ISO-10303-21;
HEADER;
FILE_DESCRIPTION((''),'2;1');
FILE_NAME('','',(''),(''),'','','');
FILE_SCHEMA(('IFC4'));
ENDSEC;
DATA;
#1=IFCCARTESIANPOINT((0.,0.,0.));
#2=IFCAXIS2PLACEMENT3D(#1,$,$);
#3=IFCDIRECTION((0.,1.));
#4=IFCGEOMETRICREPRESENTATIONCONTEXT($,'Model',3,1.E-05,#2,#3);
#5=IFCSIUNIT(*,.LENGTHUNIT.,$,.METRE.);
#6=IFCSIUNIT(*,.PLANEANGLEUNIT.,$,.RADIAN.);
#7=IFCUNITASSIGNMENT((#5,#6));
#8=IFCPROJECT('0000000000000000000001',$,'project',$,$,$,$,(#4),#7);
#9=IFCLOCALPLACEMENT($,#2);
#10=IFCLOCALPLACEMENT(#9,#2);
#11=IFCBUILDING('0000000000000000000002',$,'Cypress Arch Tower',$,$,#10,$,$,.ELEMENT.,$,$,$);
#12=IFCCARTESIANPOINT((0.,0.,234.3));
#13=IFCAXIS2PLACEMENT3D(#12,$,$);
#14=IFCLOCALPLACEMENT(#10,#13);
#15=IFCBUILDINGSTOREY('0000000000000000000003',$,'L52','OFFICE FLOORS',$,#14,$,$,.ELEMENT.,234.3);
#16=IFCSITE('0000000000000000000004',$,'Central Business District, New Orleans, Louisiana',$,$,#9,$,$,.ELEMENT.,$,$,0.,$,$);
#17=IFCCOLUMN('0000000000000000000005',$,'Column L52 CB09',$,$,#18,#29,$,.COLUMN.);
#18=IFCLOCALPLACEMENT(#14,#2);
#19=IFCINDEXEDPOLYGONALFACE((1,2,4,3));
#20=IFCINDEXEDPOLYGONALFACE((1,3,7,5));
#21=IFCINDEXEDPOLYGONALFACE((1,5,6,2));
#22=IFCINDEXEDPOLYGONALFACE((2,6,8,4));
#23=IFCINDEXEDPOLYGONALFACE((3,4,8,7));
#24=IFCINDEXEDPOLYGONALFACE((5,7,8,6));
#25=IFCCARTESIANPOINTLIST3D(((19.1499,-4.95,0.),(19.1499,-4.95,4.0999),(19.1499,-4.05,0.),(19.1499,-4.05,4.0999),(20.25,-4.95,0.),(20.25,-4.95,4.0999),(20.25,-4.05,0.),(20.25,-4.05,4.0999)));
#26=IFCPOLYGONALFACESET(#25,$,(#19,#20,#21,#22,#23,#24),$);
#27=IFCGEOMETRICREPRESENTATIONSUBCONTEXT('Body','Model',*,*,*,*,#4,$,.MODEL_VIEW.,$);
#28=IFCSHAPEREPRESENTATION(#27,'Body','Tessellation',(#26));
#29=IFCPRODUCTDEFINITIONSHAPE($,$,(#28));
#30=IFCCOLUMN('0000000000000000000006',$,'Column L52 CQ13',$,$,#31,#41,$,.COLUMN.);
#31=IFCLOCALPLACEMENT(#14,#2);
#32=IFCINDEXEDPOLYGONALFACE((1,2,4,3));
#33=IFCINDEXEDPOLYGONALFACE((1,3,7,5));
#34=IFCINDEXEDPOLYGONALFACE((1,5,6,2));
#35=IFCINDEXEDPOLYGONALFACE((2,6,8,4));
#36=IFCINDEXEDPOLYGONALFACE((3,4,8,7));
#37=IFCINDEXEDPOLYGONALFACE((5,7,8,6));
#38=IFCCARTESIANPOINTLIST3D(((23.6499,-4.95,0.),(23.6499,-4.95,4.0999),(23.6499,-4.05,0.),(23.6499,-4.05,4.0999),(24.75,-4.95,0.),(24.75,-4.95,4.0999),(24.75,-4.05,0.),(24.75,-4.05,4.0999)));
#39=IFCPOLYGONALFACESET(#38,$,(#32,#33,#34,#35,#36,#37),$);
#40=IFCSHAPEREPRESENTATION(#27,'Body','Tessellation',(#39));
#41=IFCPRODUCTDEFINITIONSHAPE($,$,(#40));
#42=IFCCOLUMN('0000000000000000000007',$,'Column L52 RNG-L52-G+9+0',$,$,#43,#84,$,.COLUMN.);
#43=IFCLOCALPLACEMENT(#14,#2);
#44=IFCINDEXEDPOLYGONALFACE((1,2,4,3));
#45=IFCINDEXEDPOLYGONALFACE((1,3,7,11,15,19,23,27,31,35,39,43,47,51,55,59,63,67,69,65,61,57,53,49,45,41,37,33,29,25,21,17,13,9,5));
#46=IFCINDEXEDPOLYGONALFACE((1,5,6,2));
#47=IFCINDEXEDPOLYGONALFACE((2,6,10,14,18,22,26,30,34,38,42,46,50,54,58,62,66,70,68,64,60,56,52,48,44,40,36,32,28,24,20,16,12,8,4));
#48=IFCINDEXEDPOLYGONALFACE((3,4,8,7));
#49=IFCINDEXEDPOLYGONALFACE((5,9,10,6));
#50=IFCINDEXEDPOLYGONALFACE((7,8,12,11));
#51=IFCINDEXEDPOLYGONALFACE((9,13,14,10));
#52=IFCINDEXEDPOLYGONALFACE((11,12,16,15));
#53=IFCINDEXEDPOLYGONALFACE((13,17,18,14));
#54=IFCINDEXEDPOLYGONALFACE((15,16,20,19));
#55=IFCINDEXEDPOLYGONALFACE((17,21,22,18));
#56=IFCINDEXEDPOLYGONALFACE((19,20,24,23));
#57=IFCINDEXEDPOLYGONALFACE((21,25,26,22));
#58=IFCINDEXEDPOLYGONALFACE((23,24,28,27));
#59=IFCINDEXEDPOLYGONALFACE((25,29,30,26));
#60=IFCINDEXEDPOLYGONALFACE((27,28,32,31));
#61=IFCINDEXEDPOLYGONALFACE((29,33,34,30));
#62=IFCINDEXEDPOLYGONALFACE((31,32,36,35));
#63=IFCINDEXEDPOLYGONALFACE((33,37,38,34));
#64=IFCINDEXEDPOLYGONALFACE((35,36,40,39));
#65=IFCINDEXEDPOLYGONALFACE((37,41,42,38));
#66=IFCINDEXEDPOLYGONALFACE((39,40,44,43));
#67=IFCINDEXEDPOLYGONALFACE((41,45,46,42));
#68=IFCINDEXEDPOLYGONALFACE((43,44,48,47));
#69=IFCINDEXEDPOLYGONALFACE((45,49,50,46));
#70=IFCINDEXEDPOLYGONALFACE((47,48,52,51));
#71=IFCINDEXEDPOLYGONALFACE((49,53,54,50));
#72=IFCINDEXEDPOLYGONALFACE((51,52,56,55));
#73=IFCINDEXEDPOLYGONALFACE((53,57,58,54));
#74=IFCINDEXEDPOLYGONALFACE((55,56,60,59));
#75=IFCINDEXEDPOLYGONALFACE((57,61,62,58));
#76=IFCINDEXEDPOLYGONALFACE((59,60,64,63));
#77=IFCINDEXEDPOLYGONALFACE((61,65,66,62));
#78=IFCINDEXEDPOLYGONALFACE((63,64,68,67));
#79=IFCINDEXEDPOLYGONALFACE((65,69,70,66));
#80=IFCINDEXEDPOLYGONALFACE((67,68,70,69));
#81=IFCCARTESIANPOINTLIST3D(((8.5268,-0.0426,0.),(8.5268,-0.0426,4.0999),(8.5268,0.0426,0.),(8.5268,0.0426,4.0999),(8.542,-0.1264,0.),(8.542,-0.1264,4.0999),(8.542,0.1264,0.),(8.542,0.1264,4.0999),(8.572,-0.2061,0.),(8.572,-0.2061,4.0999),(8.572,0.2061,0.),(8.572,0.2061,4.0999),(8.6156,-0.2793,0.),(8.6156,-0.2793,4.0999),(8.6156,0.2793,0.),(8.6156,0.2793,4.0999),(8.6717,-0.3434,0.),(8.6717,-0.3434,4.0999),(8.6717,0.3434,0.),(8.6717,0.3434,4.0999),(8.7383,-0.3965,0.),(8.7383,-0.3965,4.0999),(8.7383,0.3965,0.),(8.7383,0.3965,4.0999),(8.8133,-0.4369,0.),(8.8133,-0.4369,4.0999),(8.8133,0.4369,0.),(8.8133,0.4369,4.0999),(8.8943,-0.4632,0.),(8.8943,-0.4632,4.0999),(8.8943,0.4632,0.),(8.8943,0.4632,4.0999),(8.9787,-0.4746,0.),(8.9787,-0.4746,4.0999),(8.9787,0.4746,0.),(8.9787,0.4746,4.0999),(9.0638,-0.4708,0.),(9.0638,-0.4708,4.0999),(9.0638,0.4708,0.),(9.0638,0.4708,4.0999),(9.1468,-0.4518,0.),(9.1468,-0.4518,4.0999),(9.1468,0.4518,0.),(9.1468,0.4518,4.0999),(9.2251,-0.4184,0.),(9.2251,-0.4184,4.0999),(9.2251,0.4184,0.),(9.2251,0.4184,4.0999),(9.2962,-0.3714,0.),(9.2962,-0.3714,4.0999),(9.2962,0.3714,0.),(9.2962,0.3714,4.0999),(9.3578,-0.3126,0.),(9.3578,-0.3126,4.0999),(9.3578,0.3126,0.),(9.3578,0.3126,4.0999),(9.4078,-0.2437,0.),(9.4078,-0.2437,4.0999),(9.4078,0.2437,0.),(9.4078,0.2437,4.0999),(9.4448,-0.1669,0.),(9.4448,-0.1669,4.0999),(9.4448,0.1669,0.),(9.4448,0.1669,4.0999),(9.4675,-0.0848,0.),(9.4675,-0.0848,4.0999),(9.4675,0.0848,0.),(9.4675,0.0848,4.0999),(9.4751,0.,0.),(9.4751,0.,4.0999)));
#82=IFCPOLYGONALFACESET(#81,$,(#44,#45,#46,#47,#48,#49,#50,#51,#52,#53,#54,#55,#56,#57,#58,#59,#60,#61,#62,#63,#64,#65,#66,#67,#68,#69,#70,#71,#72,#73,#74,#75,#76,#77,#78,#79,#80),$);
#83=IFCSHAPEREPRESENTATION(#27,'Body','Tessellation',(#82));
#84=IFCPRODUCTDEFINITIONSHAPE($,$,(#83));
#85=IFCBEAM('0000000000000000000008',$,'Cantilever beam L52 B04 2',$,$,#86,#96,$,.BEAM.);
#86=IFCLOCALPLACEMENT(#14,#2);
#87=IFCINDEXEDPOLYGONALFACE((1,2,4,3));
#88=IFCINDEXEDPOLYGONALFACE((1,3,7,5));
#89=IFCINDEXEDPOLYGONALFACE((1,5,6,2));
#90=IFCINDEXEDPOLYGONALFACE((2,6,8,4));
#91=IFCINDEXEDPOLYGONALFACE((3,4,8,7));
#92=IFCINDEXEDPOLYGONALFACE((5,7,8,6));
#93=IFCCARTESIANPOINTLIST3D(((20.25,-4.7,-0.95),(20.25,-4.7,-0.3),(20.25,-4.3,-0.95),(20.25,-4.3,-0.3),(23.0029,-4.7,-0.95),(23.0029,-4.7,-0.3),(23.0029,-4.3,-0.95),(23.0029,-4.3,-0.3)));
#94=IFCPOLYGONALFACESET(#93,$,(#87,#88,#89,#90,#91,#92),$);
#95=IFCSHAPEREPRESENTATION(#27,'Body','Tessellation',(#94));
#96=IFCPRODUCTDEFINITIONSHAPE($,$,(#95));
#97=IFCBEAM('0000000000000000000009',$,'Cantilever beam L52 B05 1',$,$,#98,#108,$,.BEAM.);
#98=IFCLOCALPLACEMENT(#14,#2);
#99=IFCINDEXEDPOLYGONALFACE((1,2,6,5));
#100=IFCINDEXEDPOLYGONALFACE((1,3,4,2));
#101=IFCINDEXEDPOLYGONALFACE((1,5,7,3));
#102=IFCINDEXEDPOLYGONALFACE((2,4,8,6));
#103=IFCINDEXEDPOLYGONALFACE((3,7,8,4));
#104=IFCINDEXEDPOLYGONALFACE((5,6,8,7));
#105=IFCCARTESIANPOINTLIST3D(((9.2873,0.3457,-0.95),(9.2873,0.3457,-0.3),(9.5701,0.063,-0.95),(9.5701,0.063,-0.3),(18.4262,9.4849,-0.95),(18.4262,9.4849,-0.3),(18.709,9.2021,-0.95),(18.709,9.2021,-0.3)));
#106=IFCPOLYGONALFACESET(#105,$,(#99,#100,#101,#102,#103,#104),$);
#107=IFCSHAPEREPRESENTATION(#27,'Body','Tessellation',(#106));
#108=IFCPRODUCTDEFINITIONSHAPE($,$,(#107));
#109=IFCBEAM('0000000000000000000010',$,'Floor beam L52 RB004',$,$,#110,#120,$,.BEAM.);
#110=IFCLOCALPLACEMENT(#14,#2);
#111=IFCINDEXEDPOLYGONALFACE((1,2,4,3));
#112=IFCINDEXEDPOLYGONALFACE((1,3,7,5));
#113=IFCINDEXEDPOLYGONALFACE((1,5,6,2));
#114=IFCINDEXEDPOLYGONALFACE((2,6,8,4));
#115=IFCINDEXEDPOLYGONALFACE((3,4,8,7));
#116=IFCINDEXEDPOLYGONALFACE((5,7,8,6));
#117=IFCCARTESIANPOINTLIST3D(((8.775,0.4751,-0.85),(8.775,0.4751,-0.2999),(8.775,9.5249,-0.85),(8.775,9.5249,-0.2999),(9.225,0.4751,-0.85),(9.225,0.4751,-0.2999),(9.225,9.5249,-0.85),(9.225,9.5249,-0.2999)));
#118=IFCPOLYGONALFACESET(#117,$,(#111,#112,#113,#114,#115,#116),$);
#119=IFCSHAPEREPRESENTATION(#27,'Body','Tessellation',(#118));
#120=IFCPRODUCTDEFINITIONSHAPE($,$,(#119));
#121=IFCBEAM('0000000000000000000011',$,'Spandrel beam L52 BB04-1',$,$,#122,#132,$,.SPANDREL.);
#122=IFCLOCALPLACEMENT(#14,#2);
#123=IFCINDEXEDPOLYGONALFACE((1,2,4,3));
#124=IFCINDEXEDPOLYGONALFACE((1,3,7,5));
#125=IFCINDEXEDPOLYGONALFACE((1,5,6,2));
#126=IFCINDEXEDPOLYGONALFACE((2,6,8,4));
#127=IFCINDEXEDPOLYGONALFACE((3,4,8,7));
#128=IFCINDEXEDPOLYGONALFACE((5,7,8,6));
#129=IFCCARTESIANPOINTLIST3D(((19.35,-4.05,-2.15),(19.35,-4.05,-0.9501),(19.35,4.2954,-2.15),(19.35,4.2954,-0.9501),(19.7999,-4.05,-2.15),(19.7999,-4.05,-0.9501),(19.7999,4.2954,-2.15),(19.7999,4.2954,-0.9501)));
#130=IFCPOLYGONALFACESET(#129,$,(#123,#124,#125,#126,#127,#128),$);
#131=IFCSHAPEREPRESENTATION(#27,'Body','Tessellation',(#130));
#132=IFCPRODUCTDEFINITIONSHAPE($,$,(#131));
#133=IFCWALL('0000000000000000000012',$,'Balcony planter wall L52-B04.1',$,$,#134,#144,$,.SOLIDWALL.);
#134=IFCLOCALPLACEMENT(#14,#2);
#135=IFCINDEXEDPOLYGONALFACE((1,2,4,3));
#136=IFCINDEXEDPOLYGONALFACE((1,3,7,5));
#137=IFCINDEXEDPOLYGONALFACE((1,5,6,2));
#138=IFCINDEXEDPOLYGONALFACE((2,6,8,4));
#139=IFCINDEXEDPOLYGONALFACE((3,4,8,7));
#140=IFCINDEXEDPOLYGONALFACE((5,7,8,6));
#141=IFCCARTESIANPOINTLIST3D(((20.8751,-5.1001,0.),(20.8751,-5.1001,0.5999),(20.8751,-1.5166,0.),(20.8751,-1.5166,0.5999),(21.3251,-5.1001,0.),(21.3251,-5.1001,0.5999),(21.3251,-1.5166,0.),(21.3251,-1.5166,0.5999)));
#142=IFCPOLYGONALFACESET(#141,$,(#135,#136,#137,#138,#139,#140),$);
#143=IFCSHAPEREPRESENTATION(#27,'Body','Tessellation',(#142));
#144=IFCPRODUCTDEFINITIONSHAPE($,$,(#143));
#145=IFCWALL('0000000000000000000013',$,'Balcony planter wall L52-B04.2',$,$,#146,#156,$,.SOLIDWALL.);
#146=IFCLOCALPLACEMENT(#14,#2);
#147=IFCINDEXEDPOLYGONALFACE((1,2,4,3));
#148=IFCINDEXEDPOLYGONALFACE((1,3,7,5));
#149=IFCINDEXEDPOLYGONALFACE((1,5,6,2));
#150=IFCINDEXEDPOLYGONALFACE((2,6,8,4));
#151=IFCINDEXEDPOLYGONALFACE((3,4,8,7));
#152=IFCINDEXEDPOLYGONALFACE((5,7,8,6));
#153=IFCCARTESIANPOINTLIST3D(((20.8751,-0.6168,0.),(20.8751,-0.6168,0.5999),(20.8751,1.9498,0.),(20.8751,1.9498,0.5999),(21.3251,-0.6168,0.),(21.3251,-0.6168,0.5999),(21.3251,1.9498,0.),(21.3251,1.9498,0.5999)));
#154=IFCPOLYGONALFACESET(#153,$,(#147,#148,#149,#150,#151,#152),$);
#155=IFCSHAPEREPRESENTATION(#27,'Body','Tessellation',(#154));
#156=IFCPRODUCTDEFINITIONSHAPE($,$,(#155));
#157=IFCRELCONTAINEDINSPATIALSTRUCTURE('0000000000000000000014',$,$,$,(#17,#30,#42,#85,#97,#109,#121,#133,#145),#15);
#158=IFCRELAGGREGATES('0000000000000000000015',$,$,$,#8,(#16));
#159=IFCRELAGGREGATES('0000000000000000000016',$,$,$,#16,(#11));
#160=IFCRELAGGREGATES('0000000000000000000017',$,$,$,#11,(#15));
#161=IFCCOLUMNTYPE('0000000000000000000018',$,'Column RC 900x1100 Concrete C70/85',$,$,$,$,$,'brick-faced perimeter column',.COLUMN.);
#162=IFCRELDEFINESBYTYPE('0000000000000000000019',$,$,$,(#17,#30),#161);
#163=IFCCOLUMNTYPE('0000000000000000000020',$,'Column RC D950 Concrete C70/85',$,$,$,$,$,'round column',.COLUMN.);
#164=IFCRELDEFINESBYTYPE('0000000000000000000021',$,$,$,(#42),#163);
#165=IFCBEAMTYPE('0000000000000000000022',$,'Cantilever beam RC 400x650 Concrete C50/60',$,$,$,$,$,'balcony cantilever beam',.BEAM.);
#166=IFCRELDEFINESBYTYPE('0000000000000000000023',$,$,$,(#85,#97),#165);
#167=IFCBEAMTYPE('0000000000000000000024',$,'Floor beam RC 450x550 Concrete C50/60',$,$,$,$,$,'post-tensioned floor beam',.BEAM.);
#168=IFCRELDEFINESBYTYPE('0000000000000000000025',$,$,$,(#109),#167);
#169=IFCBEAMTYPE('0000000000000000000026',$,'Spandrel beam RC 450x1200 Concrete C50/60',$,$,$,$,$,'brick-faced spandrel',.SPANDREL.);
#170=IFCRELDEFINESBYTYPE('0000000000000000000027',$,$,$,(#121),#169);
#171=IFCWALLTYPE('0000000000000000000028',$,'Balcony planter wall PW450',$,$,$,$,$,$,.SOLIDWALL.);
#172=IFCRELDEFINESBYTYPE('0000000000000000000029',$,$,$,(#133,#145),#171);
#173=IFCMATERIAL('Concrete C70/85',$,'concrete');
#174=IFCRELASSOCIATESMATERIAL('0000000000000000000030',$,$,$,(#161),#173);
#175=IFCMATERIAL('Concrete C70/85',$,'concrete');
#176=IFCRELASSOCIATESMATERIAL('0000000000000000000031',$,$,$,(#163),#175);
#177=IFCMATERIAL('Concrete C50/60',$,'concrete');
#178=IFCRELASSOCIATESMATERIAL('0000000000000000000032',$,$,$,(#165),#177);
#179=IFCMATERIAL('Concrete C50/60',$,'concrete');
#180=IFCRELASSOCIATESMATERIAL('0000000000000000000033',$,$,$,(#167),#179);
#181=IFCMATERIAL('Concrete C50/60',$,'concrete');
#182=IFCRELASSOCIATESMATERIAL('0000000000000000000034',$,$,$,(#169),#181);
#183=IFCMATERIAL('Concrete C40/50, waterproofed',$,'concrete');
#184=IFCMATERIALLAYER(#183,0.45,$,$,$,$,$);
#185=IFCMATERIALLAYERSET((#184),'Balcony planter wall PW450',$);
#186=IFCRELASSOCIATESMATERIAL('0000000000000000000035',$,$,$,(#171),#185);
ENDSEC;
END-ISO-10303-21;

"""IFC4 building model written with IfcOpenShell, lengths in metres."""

from ifc_helpers import new_model, si_unit, direction, frame, frame_2d, origin, origin_2d, place, context, subcontext, project, spatial, rectangle, circle, extrude, material, layer, layer_set, material_profile, profile_set, type_object, element, save


model = new_model("IFC4")

# Units and contexts
model_context = context("Model", 3, precision=1e-05, world=origin(), true_north=direction((0.0, 1.0)))
body_context = subcontext(model_context, "Body", "Model", "MODEL_VIEW")
ifc_project = project(units=[si_unit("LENGTHUNIT", "METRE"), si_unit("PLANEANGLEUNIT", "RADIAN")], contexts=[model_context])

# Site, building, storey
site_placement = place(None, origin())
site = spatial("IfcSite", under=ifc_project, at=site_placement, Name="Central Business District, New Orleans, Louisiana", CompositionType="ELEMENT", RefElevation=0.0)
building_placement = place(site_placement, origin())
building = spatial("IfcBuilding", under=site, at=building_placement, Name="Cypress Arch Tower", CompositionType="ELEMENT")
storey_placement = place(building_placement, frame((0.0, 0.0, 234.3)))
storey = spatial("IfcBuildingStorey", under=building, at=storey_placement, Name="L52", Description="OFFICE FLOORS", CompositionType="ELEMENT", Elevation=234.3)

# Columns
ifc_material_1 = material(Name="Concrete C70/85", Category="concrete")
ifc_material_profile_1 = material_profile(ifc_material_1, rectangle(XDim=0.8999, YDim=1.1001, at=origin_2d()), Name="RC 900x1100")
ifc_profile_set_1 = profile_set([ifc_material_profile_1], Name="Concrete C70/85")
column_type_1 = type_object("IfcColumnType", Name="Column RC 900x1100 Concrete C70/85", ElementType="brick-faced perimeter column", PredefinedType="COLUMN", material=ifc_profile_set_1)
for number, where, z_axis, x_axis, name in (
    (1, (19.7, -4.5, 0.0), (0.0, 0.0, 1.0), (0.0, 1.0, 0.0), "Column L52 CB09"),
    (2, (24.2, -4.5, 0.0), (0.0, 0.0, 1.0), (0.0, 1.0, 0.0), "Column L52 CQ13"),
):
    element("IfcColumn", number, at=place(storey_placement, frame(where, z_axis=z_axis, x_axis=x_axis)), inside=storey, type_object=column_type_1, Name=name, PredefinedType="COLUMN", context=body_context, shape_type="SweptSolid", body=[
        extrude(rectangle(XDim=0.8999, YDim=1.1001, at=origin_2d()), origin(), (0.0, 0.0, 1.0), 4.0999),
    ])
ifc_material_2 = material(Name="Concrete C70/85", Category="concrete")
ifc_material_profile_2 = material_profile(ifc_material_2, circle(Radius=0.4751, at=origin_2d()), Name="RC D950")
ifc_profile_set_2 = profile_set([ifc_material_profile_2], Name="Concrete C70/85")
column_type_2 = type_object("IfcColumnType", Name="Column RC D950 Concrete C70/85", ElementType="round column", PredefinedType="COLUMN", material=ifc_profile_set_2)
column_placement = place(storey_placement, frame((9.0, 0.0, 0.0), z_axis=(0.0, 0.0, 1.0), x_axis=(1.0, 0.0, 0.0)))
element("IfcColumn", 3, at=column_placement, inside=storey, type_object=column_type_2, Name="Column L52 RNG-L52-G+9+0", PredefinedType="COLUMN", context=body_context, shape_type="SweptSolid", body=[
    extrude(circle(Radius=0.4751, at=origin_2d()), origin(), (0.0, 0.0, 1.0), 4.0999),
])

# Beams
ifc_material_3 = material(Name="Concrete C50/60", Category="concrete")
ifc_material_profile_3 = material_profile(ifc_material_3, rectangle(XDim=0.3999, YDim=0.6499, at=origin_2d()), Name="RC 400x650")
ifc_profile_set_3 = profile_set([ifc_material_profile_3], Name="Concrete C50/60")
beam_type_1 = type_object("IfcBeamType", Name="Cantilever beam RC 400x650 Concrete C50/60", ElementType="balcony cantilever beam", PredefinedType="BEAM", material=ifc_profile_set_3)
beam_1_placement = place(storey_placement, frame((20.25, -4.5, -0.625), z_axis=(1.0, 0.0, 0.0), x_axis=(0.0, 1.0, 0.0)))
element("IfcBeam", 4, at=beam_1_placement, inside=storey, type_object=beam_type_1, Name="Cantilever beam L52 B04 2", PredefinedType="BEAM", context=body_context, shape_type="SweptSolid", body=[
    extrude(rectangle(XDim=0.3999, YDim=0.6499, at=origin_2d()), origin(), (0.0, 0.0, 1.0), 2.7529),
])
beam_2_placement = place(storey_placement, frame((9.4287, 0.2043, -0.625), z_axis=(0.707097, 0.707116, 0.0), x_axis=(-0.707116, 0.707097, 0.0)))
element("IfcBeam", 5, at=beam_2_placement, inside=storey, type_object=beam_type_1, Name="Cantilever beam L52 B05 1", PredefinedType="BEAM", context=body_context, shape_type="SweptSolid", body=[
    extrude(rectangle(XDim=0.3999, YDim=0.6499, at=origin_2d()), origin(), (0.0, 0.0, 1.0), 12.9246),
])
ifc_material_4 = material(Name="Concrete C50/60", Category="concrete")
ifc_material_profile_4 = material_profile(ifc_material_4, rectangle(XDim=0.45, YDim=0.55, at=origin_2d()), Name="RC 450x550")
ifc_profile_set_4 = profile_set([ifc_material_profile_4], Name="Concrete C50/60")
beam_type_2 = type_object("IfcBeamType", Name="Floor beam RC 450x550 Concrete C50/60", ElementType="post-tensioned floor beam", PredefinedType="BEAM", material=ifc_profile_set_4)
beam_3_placement = place(storey_placement, frame((9.0, 0.4751, -0.575), z_axis=(0.0, 1.0, 0.0), x_axis=(-1.0, 0.0, 0.0)))
element("IfcBeam", 6, at=beam_3_placement, inside=storey, type_object=beam_type_2, Name="Floor beam L52 RB004", PredefinedType="BEAM", context=body_context, shape_type="SweptSolid", body=[
    extrude(rectangle(XDim=0.45, YDim=0.55, at=origin_2d()), origin(), (0.0, 0.0, 1.0), 9.0498),
])
ifc_material_5 = material(Name="Concrete C50/60", Category="concrete")
ifc_material_profile_5 = material_profile(ifc_material_5, rectangle(XDim=0.45, YDim=1.2, at=origin_2d()), Name="RC 450x1200")
ifc_profile_set_5 = profile_set([ifc_material_profile_5], Name="Concrete C50/60")
beam_type_3 = type_object("IfcBeamType", Name="Spandrel beam RC 450x1200 Concrete C50/60", ElementType="brick-faced spandrel", PredefinedType="SPANDREL", material=ifc_profile_set_5)
beam_4_placement = place(storey_placement, frame((19.575, -4.05, -1.55), z_axis=(0.0, 1.0, 0.0), x_axis=(-1.0, 0.0, 0.0)))
element("IfcBeam", 7, at=beam_4_placement, inside=storey, type_object=beam_type_3, Name="Spandrel beam L52 BB04-1", PredefinedType="SPANDREL", context=body_context, shape_type="SweptSolid", body=[
    extrude(rectangle(XDim=0.45, YDim=1.2, at=origin_2d()), origin(), (0.0, 0.0, 1.0), 8.3455),
])

# Walls
ifc_material_6 = material(Name="Concrete C40/50, waterproofed", Category="concrete")
ifc_layer_1 = layer(ifc_material_6, 0.45)
ifc_layer_set_1 = layer_set([ifc_layer_1], Name="Balcony planter wall PW450")
wall_type_1 = type_object("IfcWallType", Name="Balcony planter wall PW450", PredefinedType="SOLIDWALL", material=ifc_layer_set_1)
wall_1_placement = place(storey_placement, frame((21.1001, -5.1001, 0.0), z_axis=(0.0, 0.0, 1.0), x_axis=(0.0, 1.0, 0.0)))
element("IfcWall", 8, at=wall_1_placement, inside=storey, type_object=wall_type_1, Name="Balcony planter wall L52-B04.1", PredefinedType="SOLIDWALL", context=body_context, shape_type="SweptSolid", body=[
    extrude(rectangle(XDim=3.5835, YDim=0.45, at=frame_2d((1.7917, 0.0))), origin(), (0.0, 0.0, 1.0), 0.5999),
])
wall_2_placement = place(storey_placement, frame((21.1001, -0.6167, 0.0), z_axis=(0.0, 0.0, 1.0), x_axis=(0.0, 1.0, 0.0)))
element("IfcWall", 9, at=wall_2_placement, inside=storey, type_object=wall_type_1, Name="Balcony planter wall L52-B04.2", PredefinedType="SOLIDWALL", context=body_context, shape_type="SweptSolid", body=[
    extrude(rectangle(XDim=2.5667, YDim=0.45, at=frame_2d((1.2832, 0.0))), origin(), (0.0, 0.0, 1.0), 0.5999),
])

save(model, "model.ifc")
